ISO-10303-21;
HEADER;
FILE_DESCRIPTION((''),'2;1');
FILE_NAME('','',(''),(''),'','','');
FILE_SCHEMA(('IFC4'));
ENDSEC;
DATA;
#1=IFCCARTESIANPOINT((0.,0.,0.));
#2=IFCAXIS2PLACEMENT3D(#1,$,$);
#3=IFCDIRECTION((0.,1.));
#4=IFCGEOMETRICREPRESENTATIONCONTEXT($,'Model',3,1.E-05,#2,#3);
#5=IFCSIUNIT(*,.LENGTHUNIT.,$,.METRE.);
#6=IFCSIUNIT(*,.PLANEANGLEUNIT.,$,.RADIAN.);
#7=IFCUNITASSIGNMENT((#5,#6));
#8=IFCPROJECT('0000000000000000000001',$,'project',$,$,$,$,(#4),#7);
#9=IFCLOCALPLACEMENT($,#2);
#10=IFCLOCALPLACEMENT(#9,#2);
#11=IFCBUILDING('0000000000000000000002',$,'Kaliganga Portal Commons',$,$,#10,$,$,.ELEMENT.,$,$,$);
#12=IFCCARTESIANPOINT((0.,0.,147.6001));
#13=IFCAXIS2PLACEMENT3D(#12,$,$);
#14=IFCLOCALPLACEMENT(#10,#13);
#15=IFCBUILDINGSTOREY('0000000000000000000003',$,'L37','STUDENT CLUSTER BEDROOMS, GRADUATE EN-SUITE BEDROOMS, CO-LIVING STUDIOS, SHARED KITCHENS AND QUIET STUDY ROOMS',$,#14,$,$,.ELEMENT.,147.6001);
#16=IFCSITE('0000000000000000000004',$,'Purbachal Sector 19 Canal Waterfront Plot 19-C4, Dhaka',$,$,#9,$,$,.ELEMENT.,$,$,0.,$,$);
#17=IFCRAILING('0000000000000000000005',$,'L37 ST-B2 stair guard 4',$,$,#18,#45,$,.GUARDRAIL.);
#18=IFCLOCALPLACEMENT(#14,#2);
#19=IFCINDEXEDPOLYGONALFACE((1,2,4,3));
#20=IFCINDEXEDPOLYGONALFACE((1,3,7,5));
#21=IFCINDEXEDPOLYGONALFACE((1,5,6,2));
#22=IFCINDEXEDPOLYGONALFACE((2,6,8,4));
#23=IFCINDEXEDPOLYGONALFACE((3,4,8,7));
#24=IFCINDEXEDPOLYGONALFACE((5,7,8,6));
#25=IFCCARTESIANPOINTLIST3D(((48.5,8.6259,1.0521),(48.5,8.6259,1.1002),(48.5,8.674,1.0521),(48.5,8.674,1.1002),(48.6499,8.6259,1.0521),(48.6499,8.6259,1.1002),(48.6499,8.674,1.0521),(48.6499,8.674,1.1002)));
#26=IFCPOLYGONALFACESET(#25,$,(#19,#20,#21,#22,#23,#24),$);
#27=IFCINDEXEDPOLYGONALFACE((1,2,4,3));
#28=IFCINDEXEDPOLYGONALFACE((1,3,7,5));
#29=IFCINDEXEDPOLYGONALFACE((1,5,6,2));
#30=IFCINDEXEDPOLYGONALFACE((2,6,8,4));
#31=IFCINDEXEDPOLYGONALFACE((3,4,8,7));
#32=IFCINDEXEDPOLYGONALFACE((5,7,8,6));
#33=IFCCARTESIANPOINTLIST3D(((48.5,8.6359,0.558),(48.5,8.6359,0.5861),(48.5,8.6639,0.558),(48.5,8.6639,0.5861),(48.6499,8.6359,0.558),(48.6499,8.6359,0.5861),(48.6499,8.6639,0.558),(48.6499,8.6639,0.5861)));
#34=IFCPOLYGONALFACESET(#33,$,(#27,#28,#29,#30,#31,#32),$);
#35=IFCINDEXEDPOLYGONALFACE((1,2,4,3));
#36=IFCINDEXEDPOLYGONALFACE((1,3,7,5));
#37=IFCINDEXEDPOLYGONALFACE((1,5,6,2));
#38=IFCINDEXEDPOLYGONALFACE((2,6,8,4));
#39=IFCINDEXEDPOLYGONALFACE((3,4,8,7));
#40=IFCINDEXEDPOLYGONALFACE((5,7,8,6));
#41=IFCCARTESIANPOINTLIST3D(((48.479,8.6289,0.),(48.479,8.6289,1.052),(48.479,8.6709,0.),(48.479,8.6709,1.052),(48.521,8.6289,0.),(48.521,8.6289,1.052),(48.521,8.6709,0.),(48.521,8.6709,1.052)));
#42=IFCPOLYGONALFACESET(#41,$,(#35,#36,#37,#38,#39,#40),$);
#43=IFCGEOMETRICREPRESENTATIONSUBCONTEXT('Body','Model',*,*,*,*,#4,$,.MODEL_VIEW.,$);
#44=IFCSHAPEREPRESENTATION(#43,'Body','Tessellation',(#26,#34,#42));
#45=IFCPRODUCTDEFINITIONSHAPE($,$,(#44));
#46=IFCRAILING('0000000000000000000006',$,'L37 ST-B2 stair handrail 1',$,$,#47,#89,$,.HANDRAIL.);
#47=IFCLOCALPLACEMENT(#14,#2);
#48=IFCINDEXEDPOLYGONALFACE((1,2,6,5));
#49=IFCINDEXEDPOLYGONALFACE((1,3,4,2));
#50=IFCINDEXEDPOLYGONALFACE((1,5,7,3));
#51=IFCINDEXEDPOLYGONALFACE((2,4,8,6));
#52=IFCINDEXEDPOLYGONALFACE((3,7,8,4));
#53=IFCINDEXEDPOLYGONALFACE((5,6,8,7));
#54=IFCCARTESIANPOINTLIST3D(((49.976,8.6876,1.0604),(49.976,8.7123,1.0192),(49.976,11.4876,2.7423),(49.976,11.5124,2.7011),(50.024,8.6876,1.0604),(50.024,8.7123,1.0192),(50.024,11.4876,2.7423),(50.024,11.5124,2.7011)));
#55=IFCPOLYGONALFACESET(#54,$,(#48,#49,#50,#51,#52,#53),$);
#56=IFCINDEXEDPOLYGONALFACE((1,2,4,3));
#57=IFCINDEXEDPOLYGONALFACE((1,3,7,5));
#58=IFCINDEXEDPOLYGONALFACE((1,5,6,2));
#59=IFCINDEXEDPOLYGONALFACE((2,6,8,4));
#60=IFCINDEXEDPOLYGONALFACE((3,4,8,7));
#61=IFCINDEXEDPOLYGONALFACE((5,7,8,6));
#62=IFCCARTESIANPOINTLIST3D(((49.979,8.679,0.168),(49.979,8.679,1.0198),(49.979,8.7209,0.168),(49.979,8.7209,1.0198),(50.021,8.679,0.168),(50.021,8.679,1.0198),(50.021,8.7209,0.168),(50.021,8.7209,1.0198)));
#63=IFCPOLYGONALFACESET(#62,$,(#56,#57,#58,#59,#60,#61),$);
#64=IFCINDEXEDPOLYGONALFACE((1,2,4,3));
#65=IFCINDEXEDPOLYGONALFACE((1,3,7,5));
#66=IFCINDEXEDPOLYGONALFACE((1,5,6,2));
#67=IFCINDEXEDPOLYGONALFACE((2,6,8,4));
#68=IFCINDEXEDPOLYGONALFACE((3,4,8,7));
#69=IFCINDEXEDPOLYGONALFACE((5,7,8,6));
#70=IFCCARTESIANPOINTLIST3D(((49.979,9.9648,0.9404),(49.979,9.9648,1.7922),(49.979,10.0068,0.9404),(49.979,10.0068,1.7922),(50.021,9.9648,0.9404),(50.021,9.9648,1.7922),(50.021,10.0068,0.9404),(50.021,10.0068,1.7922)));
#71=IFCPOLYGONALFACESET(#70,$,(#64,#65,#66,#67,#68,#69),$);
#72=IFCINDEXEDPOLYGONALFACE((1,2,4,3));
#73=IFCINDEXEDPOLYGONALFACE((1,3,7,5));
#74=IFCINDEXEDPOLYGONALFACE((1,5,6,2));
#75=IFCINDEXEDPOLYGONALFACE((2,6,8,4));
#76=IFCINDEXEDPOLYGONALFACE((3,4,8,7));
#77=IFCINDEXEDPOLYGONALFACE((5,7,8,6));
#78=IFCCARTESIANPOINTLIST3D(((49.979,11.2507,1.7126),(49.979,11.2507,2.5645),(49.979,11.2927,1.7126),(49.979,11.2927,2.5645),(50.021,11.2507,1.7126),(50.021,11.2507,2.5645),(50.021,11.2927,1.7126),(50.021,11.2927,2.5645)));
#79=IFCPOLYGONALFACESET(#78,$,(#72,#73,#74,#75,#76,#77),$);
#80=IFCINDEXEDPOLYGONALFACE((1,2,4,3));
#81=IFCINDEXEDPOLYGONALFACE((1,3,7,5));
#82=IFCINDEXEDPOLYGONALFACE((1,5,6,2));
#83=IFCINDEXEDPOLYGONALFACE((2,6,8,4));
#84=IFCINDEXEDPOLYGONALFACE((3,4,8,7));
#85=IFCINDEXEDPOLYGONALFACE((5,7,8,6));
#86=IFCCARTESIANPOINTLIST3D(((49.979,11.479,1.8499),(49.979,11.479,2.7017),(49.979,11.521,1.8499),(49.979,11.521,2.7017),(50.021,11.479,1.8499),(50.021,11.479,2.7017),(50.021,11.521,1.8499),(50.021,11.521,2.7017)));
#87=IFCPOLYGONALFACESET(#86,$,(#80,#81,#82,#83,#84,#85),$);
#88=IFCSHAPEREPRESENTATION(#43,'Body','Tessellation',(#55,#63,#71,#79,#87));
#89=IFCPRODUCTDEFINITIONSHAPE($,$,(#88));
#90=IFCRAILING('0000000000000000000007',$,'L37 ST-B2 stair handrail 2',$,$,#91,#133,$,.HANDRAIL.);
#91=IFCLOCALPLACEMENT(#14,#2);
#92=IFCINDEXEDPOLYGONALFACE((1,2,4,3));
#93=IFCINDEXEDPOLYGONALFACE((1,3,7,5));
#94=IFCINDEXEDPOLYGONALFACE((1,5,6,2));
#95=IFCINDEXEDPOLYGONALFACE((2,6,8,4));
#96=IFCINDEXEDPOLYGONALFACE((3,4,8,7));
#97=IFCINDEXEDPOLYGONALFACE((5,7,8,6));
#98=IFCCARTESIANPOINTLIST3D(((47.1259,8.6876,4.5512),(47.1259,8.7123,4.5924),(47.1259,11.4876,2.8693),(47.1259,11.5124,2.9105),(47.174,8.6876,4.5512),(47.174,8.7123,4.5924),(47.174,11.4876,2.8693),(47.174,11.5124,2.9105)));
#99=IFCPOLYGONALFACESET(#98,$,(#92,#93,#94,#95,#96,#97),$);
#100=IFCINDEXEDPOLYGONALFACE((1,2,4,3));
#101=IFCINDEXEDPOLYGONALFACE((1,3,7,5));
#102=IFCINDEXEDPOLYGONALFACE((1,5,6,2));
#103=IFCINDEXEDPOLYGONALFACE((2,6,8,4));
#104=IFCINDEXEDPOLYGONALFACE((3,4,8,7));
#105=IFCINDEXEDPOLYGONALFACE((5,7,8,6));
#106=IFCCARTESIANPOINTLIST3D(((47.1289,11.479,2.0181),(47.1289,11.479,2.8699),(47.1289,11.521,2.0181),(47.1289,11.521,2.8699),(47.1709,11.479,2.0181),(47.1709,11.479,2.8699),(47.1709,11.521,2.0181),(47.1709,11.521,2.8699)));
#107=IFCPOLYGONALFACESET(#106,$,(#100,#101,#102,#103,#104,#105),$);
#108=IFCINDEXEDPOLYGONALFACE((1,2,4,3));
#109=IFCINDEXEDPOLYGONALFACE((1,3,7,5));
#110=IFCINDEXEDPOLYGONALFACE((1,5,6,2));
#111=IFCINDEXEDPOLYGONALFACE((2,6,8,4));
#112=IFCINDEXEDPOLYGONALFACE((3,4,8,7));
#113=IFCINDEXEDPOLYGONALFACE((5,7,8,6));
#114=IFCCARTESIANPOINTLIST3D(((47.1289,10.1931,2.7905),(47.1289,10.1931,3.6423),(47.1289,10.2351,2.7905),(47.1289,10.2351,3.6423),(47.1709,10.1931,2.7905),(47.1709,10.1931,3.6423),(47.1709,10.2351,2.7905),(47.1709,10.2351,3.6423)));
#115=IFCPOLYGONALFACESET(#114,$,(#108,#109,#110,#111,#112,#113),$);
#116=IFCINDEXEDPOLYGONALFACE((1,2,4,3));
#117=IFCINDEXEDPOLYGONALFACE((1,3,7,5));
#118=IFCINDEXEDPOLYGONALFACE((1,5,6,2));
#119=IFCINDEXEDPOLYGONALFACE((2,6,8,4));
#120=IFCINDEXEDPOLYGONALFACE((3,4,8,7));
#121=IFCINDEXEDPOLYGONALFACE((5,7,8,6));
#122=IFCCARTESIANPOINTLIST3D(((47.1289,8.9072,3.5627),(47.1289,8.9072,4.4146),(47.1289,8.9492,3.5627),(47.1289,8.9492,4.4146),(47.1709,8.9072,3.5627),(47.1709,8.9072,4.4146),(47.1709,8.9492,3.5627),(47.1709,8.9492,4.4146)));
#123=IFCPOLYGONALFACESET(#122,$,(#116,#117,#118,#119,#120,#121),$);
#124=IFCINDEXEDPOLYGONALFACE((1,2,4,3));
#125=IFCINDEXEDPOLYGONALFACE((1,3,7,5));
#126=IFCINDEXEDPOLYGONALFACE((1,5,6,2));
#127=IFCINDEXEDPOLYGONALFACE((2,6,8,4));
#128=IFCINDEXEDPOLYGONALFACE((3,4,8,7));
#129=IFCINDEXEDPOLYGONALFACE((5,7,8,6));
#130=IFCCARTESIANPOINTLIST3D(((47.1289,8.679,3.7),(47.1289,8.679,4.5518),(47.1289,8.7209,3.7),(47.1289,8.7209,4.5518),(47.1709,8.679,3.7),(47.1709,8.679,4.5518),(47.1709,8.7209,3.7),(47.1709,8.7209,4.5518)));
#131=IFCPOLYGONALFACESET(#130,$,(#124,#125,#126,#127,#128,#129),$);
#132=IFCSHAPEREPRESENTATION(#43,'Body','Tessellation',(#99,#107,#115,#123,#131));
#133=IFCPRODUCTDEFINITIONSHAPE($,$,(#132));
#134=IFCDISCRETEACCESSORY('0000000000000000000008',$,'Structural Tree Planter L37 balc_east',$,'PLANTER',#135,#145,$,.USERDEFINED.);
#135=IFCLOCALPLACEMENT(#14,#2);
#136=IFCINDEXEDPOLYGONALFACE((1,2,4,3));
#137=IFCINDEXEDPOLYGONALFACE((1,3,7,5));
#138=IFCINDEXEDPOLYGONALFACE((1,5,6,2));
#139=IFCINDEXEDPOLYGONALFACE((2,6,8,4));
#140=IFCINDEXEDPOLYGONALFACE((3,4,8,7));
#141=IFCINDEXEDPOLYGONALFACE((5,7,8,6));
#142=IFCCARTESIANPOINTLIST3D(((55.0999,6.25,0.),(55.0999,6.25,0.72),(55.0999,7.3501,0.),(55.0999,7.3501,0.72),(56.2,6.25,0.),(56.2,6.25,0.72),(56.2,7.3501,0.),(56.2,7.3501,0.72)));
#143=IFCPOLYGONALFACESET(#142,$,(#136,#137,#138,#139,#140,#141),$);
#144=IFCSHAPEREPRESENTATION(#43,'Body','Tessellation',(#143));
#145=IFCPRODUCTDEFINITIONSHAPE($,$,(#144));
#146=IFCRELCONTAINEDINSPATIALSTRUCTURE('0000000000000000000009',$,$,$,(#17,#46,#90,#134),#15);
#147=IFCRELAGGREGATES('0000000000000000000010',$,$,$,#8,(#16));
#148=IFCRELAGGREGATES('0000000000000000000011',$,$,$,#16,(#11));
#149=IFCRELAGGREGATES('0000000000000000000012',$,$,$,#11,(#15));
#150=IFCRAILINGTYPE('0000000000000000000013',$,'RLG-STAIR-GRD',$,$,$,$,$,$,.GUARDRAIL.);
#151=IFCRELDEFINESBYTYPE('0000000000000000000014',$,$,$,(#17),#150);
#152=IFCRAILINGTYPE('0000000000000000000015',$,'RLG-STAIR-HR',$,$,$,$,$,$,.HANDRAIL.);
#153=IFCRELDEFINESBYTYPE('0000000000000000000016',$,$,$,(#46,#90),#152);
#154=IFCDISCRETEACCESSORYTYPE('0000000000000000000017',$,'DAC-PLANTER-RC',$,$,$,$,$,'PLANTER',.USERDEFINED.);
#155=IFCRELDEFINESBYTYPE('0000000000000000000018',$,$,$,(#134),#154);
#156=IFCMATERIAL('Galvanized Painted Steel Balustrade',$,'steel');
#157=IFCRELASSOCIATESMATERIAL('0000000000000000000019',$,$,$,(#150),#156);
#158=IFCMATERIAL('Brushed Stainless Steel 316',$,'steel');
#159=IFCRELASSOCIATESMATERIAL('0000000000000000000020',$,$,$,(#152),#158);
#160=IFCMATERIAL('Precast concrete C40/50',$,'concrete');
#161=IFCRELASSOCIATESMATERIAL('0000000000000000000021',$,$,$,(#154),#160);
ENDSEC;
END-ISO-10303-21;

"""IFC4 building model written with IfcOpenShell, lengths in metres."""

from ifc_helpers import new_model, si_unit, direction, frame, origin, origin_2d, place, context, subcontext, project, spatial, rectangle, extrude, source, transform, mapped, material, type_object, element, save


model = new_model("IFC4")

# Units and contexts
model_context = context("Model", 3, precision=1e-05, world=origin(), true_north=direction((0.0, 1.0)))
body_context = subcontext(model_context, "Body", "Model", "MODEL_VIEW")
ifc_project = project(units=[si_unit("LENGTHUNIT", "METRE"), si_unit("PLANEANGLEUNIT", "RADIAN")], contexts=[model_context])

# Site, building, storey
site_placement = place(None, origin())
site = spatial("IfcSite", under=ifc_project, at=site_placement, Name="Purbachal Sector 19 Canal Waterfront Plot 19-C4, Dhaka", CompositionType="ELEMENT", RefElevation=0.0)
building_placement = place(site_placement, origin())
building = spatial("IfcBuilding", under=site, at=building_placement, Name="Kaliganga Portal Commons", CompositionType="ELEMENT")
storey_placement = place(building_placement, frame((0.0, 0.0, 147.6001)))
storey = spatial("IfcBuildingStorey", under=building, at=storey_placement, Name="L37", Description="STUDENT CLUSTER BEDROOMS, GRADUATE EN-SUITE BEDROOMS, CO-LIVING STUDIOS, SHARED KITCHENS AND QUIET STUDY ROOMS", CompositionType="ELEMENT", Elevation=147.6001)

# Railings
ifc_material_1 = material(Name="Galvanized Painted Steel Balustrade", Category="steel")
railing_type_1 = type_object("IfcRailingType", Name="RLG-STAIR-GRD", PredefinedType="GUARDRAIL", material=ifc_material_1)
railing_1_placement = place(storey_placement, frame((48.6499, 8.6499, 0.0)))
element("IfcRailing", 1, at=railing_1_placement, inside=storey, type_object=railing_type_1, Name="L37 ST-B2 stair guard 4", PredefinedType="GUARDRAIL", context=body_context, shape_type="SweptSolid", body=[
    extrude(rectangle(XDim=0.0481, YDim=0.0481, at=origin_2d()), frame((0.0, 0.0, 1.0762), z_axis=(-1.0, 0.0, 0.0), x_axis=(0.0, -1.0, 0.0)), (0.0, 0.0, 1.0), 0.1499),
    extrude(rectangle(XDim=0.0281, YDim=0.0281, at=origin_2d()), frame((0.0, 0.0, 0.572), z_axis=(-1.0, 0.0, 0.0), x_axis=(0.0, -1.0, 0.0)), (0.0, 0.0, 1.0), 0.1499),
    extrude(rectangle(XDim=0.042, YDim=0.042, at=origin_2d()), frame((-0.1499, 0.0, 0.0)), (0.0, 0.0, 1.0), 1.052),
])
ifc_material_2 = material(Name="Brushed Stainless Steel 316", Category="steel")
railing_type_2 = type_object("IfcRailingType", Name="RLG-STAIR-HR", PredefinedType="HANDRAIL", material=ifc_material_2)
railing_2_placement = place(storey_placement, frame((50.0, 8.7, 0.168)))
element("IfcRailing", 2, at=railing_2_placement, inside=storey, type_object=railing_type_2, Name="L37 ST-B2 stair handrail 1", PredefinedType="HANDRAIL", context=body_context, shape_type="SweptSolid", body=[
    extrude(rectangle(XDim=0.0481, YDim=0.0481, at=origin_2d()), frame((0.0, 0.0, 0.8718), z_axis=(0.0, 0.857242, 0.514913), x_axis=(-1.0, 0.0, 0.0)), (0.0, 0.0, 1.0), 3.2664),
    extrude(rectangle(XDim=0.042, YDim=0.042, at=origin_2d()), origin(), (0.0, 0.0, 1.0), 0.8518),
    extrude(rectangle(XDim=0.042, YDim=0.042, at=origin_2d()), frame((0.0, 1.2859, 0.7725)), (0.0, 0.0, 1.0), 0.8518),
    extrude(rectangle(XDim=0.042, YDim=0.042, at=origin_2d()), frame((0.0, 2.5718, 1.5447)), (0.0, 0.0, 1.0), 0.8518),
    extrude(rectangle(XDim=0.042, YDim=0.042, at=origin_2d()), frame((0.0, 2.8, 1.6819)), (0.0, 0.0, 1.0), 0.8518),
])
railing_3_placement = place(storey_placement, frame((47.1499, 11.5, 2.0181)))
element("IfcRailing", 3, at=railing_3_placement, inside=storey, type_object=railing_type_2, Name="L37 ST-B2 stair handrail 2", PredefinedType="HANDRAIL", context=body_context, shape_type="SweptSolid", body=[
    extrude(rectangle(XDim=0.0481, YDim=0.0481, at=origin_2d()), frame((0.0, 0.0, 0.8718), z_axis=(0.0, -0.857242, 0.514913), x_axis=(1.0, 0.0, 0.0)), (0.0, 0.0, 1.0), 3.2664),
    extrude(rectangle(XDim=0.042, YDim=0.042, at=origin_2d()), origin(), (0.0, 0.0, 1.0), 0.8518),
    extrude(rectangle(XDim=0.042, YDim=0.042, at=origin_2d()), frame((0.0, -1.2859, 0.7725)), (0.0, 0.0, 1.0), 0.8518),
    extrude(rectangle(XDim=0.042, YDim=0.042, at=origin_2d()), frame((0.0, -2.5718, 1.5447)), (0.0, 0.0, 1.0), 0.8518),
    extrude(rectangle(XDim=0.042, YDim=0.042, at=origin_2d()), frame((0.0, -2.8, 1.6819)), (0.0, 0.0, 1.0), 0.8518),
])

# Discrete accessory
ifc_material_3 = material(Name="Precast concrete C40/50", Category="concrete")
discrete_accessory_type = type_object("IfcDiscreteAccessoryType", Name="DAC-PLANTER-RC", ElementType="PLANTER", PredefinedType="USERDEFINED", material=ifc_material_3)
shared_shape_1 = source(origin(), body_context, "Body", "SweptSolid", [
    extrude(rectangle(XDim=1.1001, YDim=1.1001, at=origin_2d()), origin(), (0.0, 0.0, 1.0), 0.72),
])
discrete_accessory_placement = place(storey_placement, frame((55.6499, 6.8, 0.0), z_axis=(0.0, 0.0, 1.0), x_axis=(1.0, 0.0, 0.0)))
element("IfcDiscreteAccessory", 4, at=discrete_accessory_placement, inside=storey, type_object=discrete_accessory_type, Name="Structural Tree Planter L37 balc_east", ObjectType="PLANTER", PredefinedType="USERDEFINED", context=body_context, shape_type="MappedRepresentation", body=[
    mapped(shared_shape_1, transform((0.0, 0.0, 0.0), x_axis=(1.0, 0.0, 0.0), y_axis=(0.0, 1.0, 0.0), z_axis=(0.0, 0.0, 1.0), scale=1.0)),
])

save(model, "model.ifc")
